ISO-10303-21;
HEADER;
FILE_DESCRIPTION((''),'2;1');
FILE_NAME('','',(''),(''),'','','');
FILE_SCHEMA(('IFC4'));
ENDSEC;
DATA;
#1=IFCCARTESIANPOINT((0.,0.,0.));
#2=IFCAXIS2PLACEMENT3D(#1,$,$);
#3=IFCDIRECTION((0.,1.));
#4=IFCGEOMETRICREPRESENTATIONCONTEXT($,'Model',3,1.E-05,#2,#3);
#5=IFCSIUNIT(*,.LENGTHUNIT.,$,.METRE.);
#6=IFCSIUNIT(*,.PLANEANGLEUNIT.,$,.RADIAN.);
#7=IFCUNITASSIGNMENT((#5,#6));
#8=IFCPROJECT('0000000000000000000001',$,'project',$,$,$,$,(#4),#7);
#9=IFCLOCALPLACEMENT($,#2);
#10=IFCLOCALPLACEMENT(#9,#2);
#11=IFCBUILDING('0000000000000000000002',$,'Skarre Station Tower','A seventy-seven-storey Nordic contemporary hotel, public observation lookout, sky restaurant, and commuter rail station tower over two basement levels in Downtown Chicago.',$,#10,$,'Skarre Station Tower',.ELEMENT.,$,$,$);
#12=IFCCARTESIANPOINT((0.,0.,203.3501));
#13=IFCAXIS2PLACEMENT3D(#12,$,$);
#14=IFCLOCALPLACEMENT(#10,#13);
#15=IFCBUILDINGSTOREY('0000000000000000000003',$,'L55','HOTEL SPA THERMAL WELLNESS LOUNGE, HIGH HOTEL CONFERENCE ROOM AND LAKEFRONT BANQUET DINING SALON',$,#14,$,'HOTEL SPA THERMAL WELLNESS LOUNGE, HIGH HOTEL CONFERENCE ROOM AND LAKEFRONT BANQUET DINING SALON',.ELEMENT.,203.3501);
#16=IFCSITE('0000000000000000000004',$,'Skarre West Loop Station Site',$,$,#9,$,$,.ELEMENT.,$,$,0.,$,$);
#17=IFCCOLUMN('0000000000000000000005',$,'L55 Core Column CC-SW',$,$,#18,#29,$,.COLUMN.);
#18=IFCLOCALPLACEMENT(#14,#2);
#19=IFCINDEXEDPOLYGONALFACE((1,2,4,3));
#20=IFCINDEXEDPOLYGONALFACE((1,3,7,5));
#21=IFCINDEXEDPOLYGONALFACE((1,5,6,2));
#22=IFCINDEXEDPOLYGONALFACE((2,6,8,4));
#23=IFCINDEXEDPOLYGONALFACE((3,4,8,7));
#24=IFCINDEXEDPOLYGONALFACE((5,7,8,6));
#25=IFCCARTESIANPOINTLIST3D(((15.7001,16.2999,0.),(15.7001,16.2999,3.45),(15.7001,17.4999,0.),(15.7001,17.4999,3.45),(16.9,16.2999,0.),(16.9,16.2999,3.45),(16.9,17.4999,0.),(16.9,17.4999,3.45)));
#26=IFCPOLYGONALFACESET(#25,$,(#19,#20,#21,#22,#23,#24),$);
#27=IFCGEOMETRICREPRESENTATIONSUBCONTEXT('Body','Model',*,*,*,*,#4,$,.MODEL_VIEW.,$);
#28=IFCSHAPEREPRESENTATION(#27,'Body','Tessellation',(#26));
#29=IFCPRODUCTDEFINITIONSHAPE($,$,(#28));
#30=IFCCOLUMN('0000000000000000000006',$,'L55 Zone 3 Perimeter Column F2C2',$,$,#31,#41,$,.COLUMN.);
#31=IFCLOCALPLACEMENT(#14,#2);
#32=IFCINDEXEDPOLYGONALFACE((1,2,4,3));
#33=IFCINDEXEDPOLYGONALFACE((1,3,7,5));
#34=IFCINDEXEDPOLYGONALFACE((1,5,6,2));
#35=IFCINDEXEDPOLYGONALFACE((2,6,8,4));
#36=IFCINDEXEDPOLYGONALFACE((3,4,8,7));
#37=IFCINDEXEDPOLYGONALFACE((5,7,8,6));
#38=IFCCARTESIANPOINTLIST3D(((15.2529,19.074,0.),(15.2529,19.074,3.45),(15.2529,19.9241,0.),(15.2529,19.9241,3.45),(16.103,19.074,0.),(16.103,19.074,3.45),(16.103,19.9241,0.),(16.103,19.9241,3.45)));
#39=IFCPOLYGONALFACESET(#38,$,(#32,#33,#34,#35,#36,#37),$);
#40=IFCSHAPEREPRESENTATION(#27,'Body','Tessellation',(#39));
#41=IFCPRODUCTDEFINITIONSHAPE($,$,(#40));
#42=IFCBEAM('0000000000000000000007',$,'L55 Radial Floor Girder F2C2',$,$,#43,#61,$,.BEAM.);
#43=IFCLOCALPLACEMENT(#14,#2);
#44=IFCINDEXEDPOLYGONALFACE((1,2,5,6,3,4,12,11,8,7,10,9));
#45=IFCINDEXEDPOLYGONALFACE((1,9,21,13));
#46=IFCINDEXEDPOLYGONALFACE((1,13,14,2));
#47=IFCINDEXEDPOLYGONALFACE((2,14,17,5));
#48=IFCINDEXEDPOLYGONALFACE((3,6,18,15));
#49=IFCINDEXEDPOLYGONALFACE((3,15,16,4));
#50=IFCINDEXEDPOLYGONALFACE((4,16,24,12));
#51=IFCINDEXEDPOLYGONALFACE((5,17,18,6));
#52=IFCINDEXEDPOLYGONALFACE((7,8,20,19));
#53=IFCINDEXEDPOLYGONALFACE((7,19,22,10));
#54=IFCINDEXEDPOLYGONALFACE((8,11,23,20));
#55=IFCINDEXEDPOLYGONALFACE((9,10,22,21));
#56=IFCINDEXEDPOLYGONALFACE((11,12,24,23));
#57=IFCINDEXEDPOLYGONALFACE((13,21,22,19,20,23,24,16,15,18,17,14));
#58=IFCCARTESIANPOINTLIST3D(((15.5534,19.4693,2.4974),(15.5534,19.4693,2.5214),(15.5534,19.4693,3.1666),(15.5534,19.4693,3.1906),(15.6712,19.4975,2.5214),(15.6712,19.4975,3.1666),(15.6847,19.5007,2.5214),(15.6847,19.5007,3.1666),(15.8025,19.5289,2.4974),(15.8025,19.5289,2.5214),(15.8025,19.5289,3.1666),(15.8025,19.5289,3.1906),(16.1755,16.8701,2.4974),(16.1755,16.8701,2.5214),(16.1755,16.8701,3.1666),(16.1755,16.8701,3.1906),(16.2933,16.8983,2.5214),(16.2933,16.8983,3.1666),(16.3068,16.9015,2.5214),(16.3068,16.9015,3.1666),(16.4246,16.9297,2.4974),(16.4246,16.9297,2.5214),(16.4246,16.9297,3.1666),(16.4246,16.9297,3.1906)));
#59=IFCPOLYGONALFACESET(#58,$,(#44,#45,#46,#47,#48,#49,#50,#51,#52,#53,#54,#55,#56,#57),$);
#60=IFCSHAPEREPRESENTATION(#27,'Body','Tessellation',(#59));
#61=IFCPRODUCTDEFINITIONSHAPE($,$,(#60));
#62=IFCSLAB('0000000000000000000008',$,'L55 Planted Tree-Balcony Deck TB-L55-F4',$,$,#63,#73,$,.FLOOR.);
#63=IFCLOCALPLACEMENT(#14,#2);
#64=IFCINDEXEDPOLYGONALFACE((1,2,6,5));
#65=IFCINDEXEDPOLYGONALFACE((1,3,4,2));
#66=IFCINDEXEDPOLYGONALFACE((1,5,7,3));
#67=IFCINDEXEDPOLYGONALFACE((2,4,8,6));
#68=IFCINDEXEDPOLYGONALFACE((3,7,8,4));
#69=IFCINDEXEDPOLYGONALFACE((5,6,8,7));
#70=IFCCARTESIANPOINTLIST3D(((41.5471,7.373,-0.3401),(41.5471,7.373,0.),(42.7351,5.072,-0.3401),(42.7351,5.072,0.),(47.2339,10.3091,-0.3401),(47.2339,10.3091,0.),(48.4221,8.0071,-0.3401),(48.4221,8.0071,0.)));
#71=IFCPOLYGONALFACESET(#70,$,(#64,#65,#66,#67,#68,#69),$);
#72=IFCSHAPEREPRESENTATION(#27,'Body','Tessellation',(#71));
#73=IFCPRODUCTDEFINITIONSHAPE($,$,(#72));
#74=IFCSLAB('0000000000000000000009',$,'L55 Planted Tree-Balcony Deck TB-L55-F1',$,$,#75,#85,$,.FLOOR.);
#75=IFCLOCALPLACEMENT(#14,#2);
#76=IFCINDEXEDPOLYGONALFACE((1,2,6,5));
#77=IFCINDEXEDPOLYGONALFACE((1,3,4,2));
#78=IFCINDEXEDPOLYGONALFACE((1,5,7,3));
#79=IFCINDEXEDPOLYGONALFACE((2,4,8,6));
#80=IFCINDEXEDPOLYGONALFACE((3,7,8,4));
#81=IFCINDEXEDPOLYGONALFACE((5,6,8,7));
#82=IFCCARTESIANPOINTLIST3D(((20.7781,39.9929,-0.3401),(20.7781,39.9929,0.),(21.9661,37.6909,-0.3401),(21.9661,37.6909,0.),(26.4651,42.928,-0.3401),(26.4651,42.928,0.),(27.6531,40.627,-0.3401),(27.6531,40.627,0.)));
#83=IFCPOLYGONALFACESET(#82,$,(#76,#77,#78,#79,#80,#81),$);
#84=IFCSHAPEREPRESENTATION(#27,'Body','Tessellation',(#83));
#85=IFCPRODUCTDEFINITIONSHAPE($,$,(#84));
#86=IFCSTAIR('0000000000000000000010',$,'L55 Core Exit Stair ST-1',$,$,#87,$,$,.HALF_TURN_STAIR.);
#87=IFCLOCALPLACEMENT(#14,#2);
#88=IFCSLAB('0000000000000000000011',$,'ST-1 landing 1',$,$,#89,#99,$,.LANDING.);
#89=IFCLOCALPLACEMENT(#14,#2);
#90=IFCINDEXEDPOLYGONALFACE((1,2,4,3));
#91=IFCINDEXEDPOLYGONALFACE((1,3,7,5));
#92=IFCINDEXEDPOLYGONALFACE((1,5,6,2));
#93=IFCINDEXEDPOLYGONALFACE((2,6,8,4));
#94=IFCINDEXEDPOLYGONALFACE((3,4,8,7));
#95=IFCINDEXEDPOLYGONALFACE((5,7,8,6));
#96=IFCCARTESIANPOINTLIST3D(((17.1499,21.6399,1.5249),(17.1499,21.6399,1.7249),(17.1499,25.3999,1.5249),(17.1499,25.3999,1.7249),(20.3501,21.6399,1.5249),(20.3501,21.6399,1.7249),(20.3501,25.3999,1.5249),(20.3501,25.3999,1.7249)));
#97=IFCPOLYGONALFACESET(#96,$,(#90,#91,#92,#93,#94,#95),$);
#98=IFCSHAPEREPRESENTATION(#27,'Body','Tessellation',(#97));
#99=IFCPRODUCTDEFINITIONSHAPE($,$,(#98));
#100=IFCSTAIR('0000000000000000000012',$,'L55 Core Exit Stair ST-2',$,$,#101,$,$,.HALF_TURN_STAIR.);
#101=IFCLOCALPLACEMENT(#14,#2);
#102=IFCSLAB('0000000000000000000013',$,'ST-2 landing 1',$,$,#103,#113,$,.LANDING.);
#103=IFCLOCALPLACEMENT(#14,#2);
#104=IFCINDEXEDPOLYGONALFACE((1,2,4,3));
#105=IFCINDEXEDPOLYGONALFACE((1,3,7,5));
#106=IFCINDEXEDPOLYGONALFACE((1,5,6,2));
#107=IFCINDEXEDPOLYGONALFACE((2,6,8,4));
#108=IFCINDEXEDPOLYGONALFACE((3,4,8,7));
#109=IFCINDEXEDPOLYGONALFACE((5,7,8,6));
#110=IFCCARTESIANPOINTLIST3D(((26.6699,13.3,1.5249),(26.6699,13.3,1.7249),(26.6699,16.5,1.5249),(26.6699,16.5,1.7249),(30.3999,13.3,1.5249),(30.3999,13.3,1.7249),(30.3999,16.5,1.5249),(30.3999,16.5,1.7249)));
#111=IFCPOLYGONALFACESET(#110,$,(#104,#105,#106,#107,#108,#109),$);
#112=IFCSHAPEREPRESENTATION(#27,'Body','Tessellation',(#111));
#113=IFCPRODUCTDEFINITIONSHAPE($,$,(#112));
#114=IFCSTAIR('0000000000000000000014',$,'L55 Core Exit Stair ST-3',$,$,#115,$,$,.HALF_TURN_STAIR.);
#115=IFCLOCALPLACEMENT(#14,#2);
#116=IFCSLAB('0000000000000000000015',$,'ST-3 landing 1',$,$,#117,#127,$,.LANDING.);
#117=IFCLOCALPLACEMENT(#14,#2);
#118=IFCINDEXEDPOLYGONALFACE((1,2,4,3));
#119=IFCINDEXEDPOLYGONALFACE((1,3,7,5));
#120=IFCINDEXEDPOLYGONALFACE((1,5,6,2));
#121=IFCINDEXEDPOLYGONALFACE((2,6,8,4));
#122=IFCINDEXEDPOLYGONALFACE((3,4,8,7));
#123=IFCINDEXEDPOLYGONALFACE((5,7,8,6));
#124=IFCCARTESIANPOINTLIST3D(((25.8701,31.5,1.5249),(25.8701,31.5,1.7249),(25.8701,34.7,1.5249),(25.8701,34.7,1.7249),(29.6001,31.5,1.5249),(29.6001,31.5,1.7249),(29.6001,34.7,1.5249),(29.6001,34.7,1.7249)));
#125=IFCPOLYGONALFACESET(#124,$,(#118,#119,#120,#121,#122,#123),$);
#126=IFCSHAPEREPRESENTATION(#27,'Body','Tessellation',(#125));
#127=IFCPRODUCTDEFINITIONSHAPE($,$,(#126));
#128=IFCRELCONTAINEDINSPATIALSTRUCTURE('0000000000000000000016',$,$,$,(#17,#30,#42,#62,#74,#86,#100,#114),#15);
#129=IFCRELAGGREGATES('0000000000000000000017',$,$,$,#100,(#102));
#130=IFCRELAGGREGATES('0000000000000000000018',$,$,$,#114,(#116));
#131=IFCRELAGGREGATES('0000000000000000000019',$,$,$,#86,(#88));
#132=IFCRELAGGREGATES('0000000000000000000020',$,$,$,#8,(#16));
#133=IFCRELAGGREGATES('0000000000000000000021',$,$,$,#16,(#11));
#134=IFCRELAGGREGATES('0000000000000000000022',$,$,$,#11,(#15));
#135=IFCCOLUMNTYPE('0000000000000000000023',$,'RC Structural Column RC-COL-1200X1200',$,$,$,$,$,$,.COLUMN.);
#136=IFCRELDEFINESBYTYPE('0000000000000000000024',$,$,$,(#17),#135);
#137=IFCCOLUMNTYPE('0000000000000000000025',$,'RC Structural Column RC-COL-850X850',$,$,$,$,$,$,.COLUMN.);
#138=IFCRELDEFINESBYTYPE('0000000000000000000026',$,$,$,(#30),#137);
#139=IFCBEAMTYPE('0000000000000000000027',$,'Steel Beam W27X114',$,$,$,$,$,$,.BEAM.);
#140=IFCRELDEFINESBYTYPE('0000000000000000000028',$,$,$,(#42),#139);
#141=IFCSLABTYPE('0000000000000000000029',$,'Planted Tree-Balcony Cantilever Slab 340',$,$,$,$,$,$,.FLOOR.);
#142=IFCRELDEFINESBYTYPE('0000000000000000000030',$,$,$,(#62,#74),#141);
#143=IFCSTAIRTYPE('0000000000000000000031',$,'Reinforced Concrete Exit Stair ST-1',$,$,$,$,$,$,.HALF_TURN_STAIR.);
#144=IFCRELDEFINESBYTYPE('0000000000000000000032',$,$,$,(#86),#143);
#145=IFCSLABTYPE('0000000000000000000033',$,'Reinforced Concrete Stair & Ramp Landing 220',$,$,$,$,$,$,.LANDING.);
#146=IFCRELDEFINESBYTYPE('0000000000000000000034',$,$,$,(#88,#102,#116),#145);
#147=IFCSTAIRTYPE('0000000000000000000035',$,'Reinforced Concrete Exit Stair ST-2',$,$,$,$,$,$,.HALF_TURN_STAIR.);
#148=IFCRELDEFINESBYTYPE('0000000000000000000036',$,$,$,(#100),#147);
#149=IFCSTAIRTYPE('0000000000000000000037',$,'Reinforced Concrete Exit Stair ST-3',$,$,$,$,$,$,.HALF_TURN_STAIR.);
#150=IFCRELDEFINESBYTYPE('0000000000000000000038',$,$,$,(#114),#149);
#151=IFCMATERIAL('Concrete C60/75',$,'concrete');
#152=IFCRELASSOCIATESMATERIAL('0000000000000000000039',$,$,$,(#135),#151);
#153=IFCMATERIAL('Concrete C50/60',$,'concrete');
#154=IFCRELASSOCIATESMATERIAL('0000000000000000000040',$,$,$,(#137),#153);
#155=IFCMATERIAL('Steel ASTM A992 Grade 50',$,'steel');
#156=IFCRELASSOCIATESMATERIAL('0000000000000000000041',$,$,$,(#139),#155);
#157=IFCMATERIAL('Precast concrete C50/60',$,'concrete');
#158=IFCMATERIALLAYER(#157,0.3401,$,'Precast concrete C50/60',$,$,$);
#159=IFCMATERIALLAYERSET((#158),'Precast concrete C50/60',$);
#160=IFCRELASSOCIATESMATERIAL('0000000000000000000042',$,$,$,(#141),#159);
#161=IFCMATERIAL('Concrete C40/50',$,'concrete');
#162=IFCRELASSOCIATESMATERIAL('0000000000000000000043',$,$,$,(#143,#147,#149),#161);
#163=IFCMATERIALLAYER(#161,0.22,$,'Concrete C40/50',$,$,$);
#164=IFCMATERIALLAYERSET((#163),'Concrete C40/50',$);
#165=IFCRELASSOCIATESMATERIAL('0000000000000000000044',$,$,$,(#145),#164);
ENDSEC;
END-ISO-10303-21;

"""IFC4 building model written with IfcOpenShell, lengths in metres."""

from ifc_helpers import new_model, si_unit, direction, frame, origin, origin_2d, place, context, subcontext, project, spatial, polyline, rectangle, i_section, outline, extrude, material, layer, layer_set, material_profile, profile_set, type_object, element, aggregate, save


model = new_model("IFC4")

# Units and contexts
model_context = context("Model", 3, precision=1e-05, world=origin(), true_north=direction((0.0, 1.0)))
body_context = subcontext(model_context, "Body", "Model", "MODEL_VIEW")
ifc_project = project(units=[si_unit("LENGTHUNIT", "METRE"), si_unit("PLANEANGLEUNIT", "RADIAN")], contexts=[model_context])

# Site, building, storey
site_placement = place(None, origin())
site = spatial("IfcSite", under=ifc_project, at=site_placement, Name="Skarre West Loop Station Site", CompositionType="ELEMENT", RefElevation=0.0)
building_placement = place(site_placement, origin())
building = spatial("IfcBuilding", under=site, at=building_placement, Name="Skarre Station Tower", Description="A seventy-seven-storey Nordic contemporary hotel, public observation lookout, sky restaurant, and commuter rail station tower over two basement levels in Downtown Chicago.", LongName="Skarre Station Tower", CompositionType="ELEMENT")
storey_placement = place(building_placement, frame((0.0, 0.0, 203.3501)))
storey = spatial("IfcBuildingStorey", under=building, at=storey_placement, Name="L55", Description="HOTEL SPA THERMAL WELLNESS LOUNGE, HIGH HOTEL CONFERENCE ROOM AND LAKEFRONT BANQUET DINING SALON", LongName="HOTEL SPA THERMAL WELLNESS LOUNGE, HIGH HOTEL CONFERENCE ROOM AND LAKEFRONT BANQUET DINING SALON", CompositionType="ELEMENT", Elevation=203.3501)

# Columns
ifc_material_1 = material(Name="Concrete C60/75", Category="concrete")
ifc_material_profile_1 = material_profile(ifc_material_1, rectangle(XDim=1.2, YDim=1.2, at=origin_2d()), Name="Concrete C60/75")
ifc_profile_set_1 = profile_set([ifc_material_profile_1], Name="Concrete C60/75")
column_type_1 = type_object("IfcColumnType", Name="RC Structural Column RC-COL-1200X1200", PredefinedType="COLUMN", material=ifc_profile_set_1)
column_1_placement = place(storey_placement, frame((16.3, 16.8999, 0.0), z_axis=(0.0, 0.0, 1.0), x_axis=(1.0, 0.0, 0.0)))
element("IfcColumn", 1, at=column_1_placement, inside=storey, type_object=column_type_1, Name="L55 Core Column CC-SW", PredefinedType="COLUMN", context=body_context, shape_type="SweptSolid", body=[
    extrude(rectangle(XDim=1.2, YDim=1.2, at=origin_2d()), origin(), (0.0, 0.0, 1.0), 3.45),
])
ifc_material_2 = material(Name="Concrete C50/60", Category="concrete")
ifc_material_profile_2 = material_profile(ifc_material_2, rectangle(XDim=0.8501, YDim=0.8501, at=origin_2d()), Name="Concrete C50/60")
ifc_profile_set_2 = profile_set([ifc_material_profile_2], Name="Concrete C50/60")
column_type_2 = type_object("IfcColumnType", Name="RC Structural Column RC-COL-850X850", PredefinedType="COLUMN", material=ifc_profile_set_2)
column_2_placement = place(storey_placement, frame((15.678, 19.499, 0.0), z_axis=(0.0, 0.0, 1.0), x_axis=(1.0, 0.0, 0.0)))
element("IfcColumn", 2, at=column_2_placement, inside=storey, type_object=column_type_2, Name="L55 Zone 3 Perimeter Column F2C2", PredefinedType="COLUMN", context=body_context, shape_type="SweptSolid", body=[
    extrude(rectangle(XDim=0.8501, YDim=0.8501, at=origin_2d()), origin(), (0.0, 0.0, 1.0), 3.45),
])

# Beam
ifc_material_3 = material(Name="Steel ASTM A992 Grade 50", Category="steel")
ifc_material_profile_3 = material_profile(ifc_material_3, i_section(OverallWidth=0.2561, OverallDepth=0.6931, WebThickness=0.0139, FlangeThickness=0.0239, at=origin_2d()), Name="Steel ASTM A992 Grade 50")
ifc_profile_set_3 = profile_set([ifc_material_profile_3], Name="Steel ASTM A992 Grade 50")
beam_type = type_object("IfcBeamType", Name="Steel Beam W27X114", PredefinedType="BEAM", material=ifc_profile_set_3)
beam_placement = place(storey_placement, frame((16.3, 16.8999, 2.844), z_axis=(-0.232765, 0.972533, 0.0), x_axis=(-0.972533, -0.232765, 0.0)))
element("IfcBeam", 3, at=beam_placement, inside=storey, type_object=beam_type, Name="L55 Radial Floor Girder F2C2", PredefinedType="BEAM", context=body_context, shape_type="SweptSolid", body=[
    extrude(i_section(OverallWidth=0.2561, OverallDepth=0.6931, WebThickness=0.0139, FlangeThickness=0.0239, at=origin_2d()), origin(), (0.0, 0.0, 1.0), 2.6726),
])

# Slabs
ifc_material_4 = material(Name="Precast concrete C50/60", Category="concrete")
ifc_layer_1 = layer(ifc_material_4, 0.3401, Name="Precast concrete C50/60")
ifc_layer_set_1 = layer_set([ifc_layer_1], Name="Precast concrete C50/60")
slab_type_1 = type_object("IfcSlabType", Name="Planted Tree-Balcony Cantilever Slab 340", PredefinedType="FLOOR", material=ifc_layer_set_1)
slab_1_placement = place(storey_placement, frame((0.0, 0.0, -0.3401)))
element("IfcSlab", 4, at=slab_1_placement, inside=storey, type_object=slab_type_1, Name="L55 Planted Tree-Balcony Deck TB-L55-F4", PredefinedType="FLOOR", context=body_context, shape_type="SweptSolid", body=[
    extrude(outline(polyline([(41.5471, 7.373), (47.2339, 10.3091), (48.4221, 8.0071), (42.7351, 5.072), (41.5471, 7.373)])), origin(), (0.0, 0.0, 1.0), 0.3401),
])
slab_2_placement = place(storey_placement, frame((0.0, 0.0, -0.3401)))
element("IfcSlab", 5, at=slab_2_placement, inside=storey, type_object=slab_type_1, Name="L55 Planted Tree-Balcony Deck TB-L55-F1", PredefinedType="FLOOR", context=body_context, shape_type="SweptSolid", body=[
    extrude(outline(polyline([(27.6531, 40.627), (21.9661, 37.6909), (20.7781, 39.9929), (26.4651, 42.928), (27.6531, 40.627)])), origin(), (0.0, 0.0, 1.0), 0.3401),
])

# Stairs, slabs
ifc_material_5 = material(Name="Concrete C40/50", Category="concrete")
stair_type_1 = type_object("IfcStairType", Name="Reinforced Concrete Exit Stair ST-1", PredefinedType="HALF_TURN_STAIR", material=ifc_material_5)
stair_1_placement = place(storey_placement, origin())
stair_1 = element("IfcStair", 6, at=stair_1_placement, inside=storey, type_object=stair_type_1, Name="L55 Core Exit Stair ST-1", PredefinedType="HALF_TURN_STAIR")
ifc_layer_2 = layer(ifc_material_5, 0.22, Name="Concrete C40/50")
ifc_layer_set_2 = layer_set([ifc_layer_2], Name="Concrete C40/50")
slab_type_2 = type_object("IfcSlabType", Name="Reinforced Concrete Stair & Ramp Landing 220", PredefinedType="LANDING", material=ifc_layer_set_2)
slab_3_placement = place(storey_placement, frame((0.0, 0.0, 1.5249)))
slab_3 = element("IfcSlab", 7, at=slab_3_placement, type_object=slab_type_2, Name="ST-1 landing 1", PredefinedType="LANDING", context=body_context, shape_type="SweptSolid", body=[
    extrude(outline(polyline([(20.3501, 21.6399), (20.3501, 25.3999), (17.1499, 25.3999), (17.1499, 21.6399), (20.3501, 21.6399)])), origin(), (0.0, 0.0, 1.0), 0.2),
])
stair_type_2 = type_object("IfcStairType", Name="Reinforced Concrete Exit Stair ST-2", PredefinedType="HALF_TURN_STAIR", material=ifc_material_5)
stair_2_placement = place(storey_placement, origin())
stair_2 = element("IfcStair", 8, at=stair_2_placement, inside=storey, type_object=stair_type_2, Name="L55 Core Exit Stair ST-2", PredefinedType="HALF_TURN_STAIR")
slab_4_placement = place(storey_placement, frame((0.0, 0.0, 1.5249)))
slab_4 = element("IfcSlab", 9, at=slab_4_placement, type_object=slab_type_2, Name="ST-2 landing 1", PredefinedType="LANDING", context=body_context, shape_type="SweptSolid", body=[
    extrude(outline(polyline([(26.6699, 13.3), (30.3999, 13.3), (30.3999, 16.5), (26.6699, 16.5), (26.6699, 13.3)])), origin(), (0.0, 0.0, 1.0), 0.2),
])
aggregate(stair_2, [slab_4])
stair_type_3 = type_object("IfcStairType", Name="Reinforced Concrete Exit Stair ST-3", PredefinedType="HALF_TURN_STAIR", material=ifc_material_5)
stair_3_placement = place(storey_placement, origin())
stair_3 = element("IfcStair", 10, at=stair_3_placement, inside=storey, type_object=stair_type_3, Name="L55 Core Exit Stair ST-3", PredefinedType="HALF_TURN_STAIR")
slab_5_placement = place(storey_placement, frame((0.0, 0.0, 1.5249)))
slab_5 = element("IfcSlab", 11, at=slab_5_placement, type_object=slab_type_2, Name="ST-3 landing 1", PredefinedType="LANDING", context=body_context, shape_type="SweptSolid", body=[
    extrude(outline(polyline([(25.8701, 31.5), (29.6001, 31.5), (29.6001, 34.7), (25.8701, 34.7), (25.8701, 31.5)])), origin(), (0.0, 0.0, 1.0), 0.2),
])
aggregate(stair_3, [slab_5])

aggregate(stair_1, [slab_3])

save(model, "model.ifc")
